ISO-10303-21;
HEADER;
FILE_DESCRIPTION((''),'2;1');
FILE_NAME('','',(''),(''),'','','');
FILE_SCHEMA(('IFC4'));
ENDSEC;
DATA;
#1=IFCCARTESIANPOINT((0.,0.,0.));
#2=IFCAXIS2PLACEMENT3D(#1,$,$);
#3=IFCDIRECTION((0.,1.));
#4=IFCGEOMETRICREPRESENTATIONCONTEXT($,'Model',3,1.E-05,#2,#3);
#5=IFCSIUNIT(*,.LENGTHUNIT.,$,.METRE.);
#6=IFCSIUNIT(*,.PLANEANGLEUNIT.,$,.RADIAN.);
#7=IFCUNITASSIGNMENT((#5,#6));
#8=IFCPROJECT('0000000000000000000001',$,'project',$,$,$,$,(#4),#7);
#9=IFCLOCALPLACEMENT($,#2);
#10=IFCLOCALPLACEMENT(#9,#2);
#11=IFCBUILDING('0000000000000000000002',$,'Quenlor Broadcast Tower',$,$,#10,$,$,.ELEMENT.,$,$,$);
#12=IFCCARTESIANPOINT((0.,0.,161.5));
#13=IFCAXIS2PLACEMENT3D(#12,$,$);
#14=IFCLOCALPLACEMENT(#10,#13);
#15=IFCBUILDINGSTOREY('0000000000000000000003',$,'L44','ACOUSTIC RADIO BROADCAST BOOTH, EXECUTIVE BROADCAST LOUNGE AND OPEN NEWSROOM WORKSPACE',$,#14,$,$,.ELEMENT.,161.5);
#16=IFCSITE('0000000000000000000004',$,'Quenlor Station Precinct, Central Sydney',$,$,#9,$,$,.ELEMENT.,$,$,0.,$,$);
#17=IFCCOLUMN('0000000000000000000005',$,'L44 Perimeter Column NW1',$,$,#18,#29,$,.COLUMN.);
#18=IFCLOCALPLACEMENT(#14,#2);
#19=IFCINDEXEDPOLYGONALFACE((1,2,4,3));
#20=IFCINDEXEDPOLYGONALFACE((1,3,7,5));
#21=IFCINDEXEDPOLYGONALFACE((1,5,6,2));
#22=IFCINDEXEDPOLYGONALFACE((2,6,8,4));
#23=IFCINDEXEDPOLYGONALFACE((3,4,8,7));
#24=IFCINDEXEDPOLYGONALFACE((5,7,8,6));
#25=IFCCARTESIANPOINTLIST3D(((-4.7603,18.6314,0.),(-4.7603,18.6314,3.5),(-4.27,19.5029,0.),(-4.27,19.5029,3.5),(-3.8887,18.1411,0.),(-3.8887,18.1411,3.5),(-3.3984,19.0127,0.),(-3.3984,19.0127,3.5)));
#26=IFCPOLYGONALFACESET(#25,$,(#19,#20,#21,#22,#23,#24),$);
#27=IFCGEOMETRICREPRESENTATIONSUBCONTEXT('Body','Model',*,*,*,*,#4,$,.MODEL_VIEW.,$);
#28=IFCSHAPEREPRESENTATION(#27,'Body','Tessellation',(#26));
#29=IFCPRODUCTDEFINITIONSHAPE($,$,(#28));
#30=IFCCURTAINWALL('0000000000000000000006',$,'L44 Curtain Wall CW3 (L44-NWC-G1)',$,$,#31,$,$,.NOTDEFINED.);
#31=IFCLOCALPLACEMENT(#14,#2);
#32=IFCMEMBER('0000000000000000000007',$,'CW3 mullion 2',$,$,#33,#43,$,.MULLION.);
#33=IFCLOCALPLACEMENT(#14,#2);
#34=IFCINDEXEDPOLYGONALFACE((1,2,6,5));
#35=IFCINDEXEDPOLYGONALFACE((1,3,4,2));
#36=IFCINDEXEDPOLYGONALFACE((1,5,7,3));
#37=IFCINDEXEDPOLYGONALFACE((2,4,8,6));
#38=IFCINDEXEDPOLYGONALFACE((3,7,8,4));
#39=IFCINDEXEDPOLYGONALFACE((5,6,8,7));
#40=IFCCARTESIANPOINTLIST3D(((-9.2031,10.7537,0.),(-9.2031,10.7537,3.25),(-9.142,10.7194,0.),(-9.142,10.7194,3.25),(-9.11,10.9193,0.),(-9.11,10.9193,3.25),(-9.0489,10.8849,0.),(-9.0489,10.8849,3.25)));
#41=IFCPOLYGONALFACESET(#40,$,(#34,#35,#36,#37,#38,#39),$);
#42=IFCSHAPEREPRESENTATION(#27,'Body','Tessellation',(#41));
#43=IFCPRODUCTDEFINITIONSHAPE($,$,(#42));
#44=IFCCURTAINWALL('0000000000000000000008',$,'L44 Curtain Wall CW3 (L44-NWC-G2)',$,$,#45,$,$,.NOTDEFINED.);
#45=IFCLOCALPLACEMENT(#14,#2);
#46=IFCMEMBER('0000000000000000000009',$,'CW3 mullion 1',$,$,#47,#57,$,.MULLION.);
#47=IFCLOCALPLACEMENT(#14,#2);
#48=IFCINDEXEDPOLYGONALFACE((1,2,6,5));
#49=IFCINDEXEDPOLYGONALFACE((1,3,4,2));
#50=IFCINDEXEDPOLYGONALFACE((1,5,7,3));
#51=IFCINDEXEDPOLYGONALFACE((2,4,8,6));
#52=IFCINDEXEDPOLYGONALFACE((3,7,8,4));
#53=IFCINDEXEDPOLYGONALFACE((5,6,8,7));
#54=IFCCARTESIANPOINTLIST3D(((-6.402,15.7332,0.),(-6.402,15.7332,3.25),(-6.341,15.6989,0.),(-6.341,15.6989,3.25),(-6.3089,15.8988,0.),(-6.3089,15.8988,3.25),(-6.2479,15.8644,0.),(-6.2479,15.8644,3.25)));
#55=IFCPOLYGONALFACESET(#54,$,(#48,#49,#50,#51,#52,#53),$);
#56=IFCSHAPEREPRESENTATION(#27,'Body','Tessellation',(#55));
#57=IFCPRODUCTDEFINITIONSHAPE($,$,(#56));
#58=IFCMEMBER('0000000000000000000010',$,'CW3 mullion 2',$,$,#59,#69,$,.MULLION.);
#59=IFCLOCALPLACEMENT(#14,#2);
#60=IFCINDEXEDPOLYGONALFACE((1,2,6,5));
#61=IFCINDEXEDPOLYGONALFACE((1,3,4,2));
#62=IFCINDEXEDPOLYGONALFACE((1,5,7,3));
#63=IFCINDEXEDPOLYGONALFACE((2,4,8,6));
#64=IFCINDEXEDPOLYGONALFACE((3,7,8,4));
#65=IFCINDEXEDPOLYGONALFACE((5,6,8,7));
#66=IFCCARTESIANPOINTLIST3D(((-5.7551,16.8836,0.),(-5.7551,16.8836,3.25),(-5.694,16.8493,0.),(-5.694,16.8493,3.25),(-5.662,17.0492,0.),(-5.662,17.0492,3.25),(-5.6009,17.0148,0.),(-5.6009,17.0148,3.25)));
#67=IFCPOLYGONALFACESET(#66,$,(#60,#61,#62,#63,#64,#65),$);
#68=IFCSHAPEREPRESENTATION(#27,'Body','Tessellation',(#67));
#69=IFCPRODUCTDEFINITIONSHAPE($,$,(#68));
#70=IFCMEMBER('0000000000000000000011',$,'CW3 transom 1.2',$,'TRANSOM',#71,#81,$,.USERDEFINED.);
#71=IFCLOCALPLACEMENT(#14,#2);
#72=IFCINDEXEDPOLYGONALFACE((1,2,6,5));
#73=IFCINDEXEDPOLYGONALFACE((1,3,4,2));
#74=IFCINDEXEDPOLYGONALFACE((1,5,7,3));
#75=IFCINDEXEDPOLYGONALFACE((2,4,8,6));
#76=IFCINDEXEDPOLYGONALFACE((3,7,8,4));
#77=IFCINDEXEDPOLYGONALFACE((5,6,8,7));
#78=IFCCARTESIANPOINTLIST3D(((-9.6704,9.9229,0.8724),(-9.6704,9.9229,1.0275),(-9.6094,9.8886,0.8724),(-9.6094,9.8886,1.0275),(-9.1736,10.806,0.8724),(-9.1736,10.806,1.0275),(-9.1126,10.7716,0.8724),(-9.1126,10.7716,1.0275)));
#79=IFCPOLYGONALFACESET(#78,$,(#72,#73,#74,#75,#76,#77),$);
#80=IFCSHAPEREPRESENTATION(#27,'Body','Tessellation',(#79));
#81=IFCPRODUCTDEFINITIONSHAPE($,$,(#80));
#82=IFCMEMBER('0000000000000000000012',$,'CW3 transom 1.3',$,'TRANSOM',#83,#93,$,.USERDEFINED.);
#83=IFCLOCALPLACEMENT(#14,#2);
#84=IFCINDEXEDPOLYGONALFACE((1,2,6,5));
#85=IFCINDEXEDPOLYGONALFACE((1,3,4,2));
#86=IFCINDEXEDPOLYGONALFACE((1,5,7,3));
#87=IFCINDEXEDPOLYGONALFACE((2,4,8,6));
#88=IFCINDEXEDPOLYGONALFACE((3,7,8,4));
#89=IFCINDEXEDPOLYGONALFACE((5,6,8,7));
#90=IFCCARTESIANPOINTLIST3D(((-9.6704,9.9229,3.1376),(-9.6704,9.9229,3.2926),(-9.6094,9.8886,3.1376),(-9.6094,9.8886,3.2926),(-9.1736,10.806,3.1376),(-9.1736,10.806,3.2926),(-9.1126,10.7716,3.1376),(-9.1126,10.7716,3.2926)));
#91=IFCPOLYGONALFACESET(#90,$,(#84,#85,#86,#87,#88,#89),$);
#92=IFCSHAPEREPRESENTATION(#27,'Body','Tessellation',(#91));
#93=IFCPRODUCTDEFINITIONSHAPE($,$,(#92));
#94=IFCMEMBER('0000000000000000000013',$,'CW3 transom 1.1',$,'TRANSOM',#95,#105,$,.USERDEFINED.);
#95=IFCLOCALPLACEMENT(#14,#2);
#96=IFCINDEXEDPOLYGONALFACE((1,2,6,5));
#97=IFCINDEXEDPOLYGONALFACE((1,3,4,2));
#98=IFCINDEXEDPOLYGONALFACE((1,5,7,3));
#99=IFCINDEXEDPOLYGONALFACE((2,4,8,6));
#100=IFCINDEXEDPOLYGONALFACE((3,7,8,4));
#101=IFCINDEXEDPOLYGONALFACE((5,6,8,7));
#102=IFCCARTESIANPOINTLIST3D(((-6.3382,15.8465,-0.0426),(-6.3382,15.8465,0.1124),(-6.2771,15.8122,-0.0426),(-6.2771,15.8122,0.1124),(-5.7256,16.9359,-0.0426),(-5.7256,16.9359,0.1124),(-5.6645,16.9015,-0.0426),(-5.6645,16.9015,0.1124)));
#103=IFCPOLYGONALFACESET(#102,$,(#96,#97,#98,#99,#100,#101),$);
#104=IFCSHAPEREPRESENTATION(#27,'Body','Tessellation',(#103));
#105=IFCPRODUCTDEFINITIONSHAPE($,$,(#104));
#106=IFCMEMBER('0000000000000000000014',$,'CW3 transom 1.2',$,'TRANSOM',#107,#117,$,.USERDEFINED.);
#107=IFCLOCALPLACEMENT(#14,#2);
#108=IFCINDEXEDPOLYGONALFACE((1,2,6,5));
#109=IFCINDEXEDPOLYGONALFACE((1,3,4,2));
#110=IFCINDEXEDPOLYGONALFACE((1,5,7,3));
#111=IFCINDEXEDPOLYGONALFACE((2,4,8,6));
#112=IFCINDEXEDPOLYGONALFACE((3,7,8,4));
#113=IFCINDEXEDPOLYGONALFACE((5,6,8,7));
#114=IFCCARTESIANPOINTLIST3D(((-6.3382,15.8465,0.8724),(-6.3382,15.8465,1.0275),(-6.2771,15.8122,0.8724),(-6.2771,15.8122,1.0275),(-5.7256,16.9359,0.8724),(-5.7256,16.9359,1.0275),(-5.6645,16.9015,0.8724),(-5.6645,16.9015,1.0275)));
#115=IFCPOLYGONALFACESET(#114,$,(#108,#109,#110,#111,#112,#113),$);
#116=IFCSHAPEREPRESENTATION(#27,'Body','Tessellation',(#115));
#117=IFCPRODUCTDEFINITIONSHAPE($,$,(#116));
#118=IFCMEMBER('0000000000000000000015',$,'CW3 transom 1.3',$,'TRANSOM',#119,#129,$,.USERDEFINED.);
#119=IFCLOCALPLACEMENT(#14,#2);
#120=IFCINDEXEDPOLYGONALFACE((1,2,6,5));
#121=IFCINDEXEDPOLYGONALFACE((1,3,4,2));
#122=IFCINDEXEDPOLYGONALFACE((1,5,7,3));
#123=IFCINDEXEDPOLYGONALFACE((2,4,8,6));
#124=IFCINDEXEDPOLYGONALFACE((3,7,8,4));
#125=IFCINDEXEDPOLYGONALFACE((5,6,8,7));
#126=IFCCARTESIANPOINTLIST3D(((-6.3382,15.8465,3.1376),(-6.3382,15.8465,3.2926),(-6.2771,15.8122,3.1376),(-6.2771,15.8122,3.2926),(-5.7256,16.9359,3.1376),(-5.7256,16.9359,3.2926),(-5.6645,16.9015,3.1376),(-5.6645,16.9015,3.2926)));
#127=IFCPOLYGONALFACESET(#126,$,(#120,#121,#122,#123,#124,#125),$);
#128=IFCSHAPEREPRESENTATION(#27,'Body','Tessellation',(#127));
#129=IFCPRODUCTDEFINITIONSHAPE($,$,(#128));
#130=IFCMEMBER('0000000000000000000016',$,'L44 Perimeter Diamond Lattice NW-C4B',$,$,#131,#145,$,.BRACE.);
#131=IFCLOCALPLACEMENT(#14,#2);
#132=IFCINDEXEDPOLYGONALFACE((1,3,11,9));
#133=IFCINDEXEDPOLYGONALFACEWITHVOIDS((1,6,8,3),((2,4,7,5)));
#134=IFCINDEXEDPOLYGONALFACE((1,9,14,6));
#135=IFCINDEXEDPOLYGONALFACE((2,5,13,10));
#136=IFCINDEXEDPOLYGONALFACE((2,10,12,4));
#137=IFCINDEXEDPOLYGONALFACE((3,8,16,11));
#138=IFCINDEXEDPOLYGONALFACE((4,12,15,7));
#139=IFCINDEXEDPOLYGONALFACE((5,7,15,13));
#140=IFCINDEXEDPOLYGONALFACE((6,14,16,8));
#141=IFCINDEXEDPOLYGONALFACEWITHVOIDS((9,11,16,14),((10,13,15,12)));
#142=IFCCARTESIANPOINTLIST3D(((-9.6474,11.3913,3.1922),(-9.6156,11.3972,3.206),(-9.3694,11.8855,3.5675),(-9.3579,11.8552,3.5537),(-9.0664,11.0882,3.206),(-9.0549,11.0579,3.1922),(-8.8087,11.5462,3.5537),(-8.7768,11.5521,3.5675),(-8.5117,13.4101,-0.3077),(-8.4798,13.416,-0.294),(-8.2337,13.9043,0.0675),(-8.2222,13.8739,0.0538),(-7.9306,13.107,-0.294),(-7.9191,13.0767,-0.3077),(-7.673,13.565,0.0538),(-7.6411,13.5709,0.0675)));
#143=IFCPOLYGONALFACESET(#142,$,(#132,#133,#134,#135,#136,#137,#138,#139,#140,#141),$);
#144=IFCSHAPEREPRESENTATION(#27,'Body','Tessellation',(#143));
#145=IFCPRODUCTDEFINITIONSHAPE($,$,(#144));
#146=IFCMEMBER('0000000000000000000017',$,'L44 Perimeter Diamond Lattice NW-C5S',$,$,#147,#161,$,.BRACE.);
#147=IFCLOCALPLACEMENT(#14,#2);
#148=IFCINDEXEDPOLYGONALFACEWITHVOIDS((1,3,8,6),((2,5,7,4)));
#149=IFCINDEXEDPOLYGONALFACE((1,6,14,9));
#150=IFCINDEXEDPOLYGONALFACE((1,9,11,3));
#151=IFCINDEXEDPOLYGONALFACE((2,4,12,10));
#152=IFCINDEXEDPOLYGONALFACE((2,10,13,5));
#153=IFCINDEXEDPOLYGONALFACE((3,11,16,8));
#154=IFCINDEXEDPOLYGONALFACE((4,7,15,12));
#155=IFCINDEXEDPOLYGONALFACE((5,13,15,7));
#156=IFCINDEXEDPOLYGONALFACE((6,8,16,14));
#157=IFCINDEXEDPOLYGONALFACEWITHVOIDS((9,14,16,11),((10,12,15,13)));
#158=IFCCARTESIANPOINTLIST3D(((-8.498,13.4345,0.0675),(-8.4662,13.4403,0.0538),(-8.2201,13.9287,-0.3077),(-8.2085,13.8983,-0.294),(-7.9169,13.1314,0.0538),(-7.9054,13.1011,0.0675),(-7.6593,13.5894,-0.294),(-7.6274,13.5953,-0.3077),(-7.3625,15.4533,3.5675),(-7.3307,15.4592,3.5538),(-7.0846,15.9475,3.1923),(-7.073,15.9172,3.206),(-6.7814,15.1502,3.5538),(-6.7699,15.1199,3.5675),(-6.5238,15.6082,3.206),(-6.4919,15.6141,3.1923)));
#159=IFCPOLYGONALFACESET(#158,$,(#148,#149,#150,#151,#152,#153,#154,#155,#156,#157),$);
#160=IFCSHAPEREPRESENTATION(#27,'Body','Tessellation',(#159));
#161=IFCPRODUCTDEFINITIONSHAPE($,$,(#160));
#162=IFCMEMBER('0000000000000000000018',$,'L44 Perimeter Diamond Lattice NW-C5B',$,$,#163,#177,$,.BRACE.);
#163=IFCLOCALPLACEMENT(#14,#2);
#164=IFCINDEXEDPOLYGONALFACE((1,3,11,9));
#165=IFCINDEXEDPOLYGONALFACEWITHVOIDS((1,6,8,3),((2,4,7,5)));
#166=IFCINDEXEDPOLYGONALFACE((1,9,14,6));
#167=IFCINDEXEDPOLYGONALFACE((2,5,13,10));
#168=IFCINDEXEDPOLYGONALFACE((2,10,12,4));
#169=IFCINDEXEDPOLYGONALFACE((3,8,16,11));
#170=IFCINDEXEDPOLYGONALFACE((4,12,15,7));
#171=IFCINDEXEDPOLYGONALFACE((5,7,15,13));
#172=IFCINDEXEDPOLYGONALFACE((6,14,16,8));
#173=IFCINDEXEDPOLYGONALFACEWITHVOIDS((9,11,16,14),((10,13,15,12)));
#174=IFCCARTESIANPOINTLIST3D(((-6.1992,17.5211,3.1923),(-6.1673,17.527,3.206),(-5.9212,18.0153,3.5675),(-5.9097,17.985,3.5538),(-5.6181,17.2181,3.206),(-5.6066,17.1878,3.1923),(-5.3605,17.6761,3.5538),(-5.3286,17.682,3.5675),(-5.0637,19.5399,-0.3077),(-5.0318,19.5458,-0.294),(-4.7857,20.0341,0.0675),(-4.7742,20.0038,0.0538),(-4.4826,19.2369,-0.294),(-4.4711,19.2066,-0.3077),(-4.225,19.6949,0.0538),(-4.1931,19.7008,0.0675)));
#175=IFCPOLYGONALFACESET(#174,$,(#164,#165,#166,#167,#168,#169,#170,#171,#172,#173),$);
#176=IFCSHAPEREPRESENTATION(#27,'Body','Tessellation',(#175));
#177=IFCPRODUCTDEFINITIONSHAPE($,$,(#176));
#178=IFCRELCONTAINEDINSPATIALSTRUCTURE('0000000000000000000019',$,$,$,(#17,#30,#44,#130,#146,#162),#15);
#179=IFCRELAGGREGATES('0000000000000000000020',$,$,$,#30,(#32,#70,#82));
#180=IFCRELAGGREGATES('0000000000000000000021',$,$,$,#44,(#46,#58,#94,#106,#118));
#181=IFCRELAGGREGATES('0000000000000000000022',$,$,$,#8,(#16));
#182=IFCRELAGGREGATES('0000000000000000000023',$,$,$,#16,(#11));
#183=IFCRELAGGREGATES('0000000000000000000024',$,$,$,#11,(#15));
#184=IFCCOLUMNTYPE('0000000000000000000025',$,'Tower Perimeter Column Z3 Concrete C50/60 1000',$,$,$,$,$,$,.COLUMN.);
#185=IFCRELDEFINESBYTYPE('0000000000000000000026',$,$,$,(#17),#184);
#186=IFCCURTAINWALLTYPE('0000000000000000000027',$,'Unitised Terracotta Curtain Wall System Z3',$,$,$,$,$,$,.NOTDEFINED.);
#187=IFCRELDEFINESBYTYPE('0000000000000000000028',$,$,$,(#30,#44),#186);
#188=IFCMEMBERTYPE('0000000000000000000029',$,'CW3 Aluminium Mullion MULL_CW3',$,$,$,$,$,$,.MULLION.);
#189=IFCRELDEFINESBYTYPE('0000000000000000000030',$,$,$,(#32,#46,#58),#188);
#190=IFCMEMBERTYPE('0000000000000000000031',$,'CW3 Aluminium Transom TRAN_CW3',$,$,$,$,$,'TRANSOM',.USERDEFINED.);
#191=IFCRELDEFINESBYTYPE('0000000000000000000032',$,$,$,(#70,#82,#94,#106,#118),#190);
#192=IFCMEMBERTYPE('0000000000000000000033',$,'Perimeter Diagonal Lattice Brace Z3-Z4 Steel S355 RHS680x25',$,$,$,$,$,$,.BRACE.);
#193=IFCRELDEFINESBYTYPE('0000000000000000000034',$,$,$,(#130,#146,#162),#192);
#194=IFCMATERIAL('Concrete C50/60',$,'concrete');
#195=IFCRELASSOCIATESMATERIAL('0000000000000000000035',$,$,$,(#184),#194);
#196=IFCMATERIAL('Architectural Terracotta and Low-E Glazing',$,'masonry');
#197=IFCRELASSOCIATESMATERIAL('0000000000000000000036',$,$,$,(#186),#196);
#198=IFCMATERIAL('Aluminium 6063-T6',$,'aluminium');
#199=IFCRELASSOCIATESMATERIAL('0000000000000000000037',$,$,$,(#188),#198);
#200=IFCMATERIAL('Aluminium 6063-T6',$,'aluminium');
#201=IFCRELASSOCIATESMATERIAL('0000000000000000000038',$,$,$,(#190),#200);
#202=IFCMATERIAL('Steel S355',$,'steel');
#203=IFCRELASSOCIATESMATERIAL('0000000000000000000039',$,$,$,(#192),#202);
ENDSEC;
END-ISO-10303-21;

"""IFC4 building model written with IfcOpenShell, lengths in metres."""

from ifc_helpers import new_model, si_unit, direction, frame, origin, origin_2d, place, context, subcontext, project, spatial, rectangle, hollow_rectangle, extrude, material, material_profile, profile_set, type_object, element, aggregate, save


model = new_model("IFC4")

# Units and contexts
model_context = context("Model", 3, precision=1e-05, world=origin(), true_north=direction((0.0, 1.0)))
body_context = subcontext(model_context, "Body", "Model", "MODEL_VIEW")
ifc_project = project(units=[si_unit("LENGTHUNIT", "METRE"), si_unit("PLANEANGLEUNIT", "RADIAN")], contexts=[model_context])

# Site, building, storey
site_placement = place(None, origin())
site = spatial("IfcSite", under=ifc_project, at=site_placement, Name="Quenlor Station Precinct, Central Sydney", CompositionType="ELEMENT", RefElevation=0.0)
building_placement = place(site_placement, origin())
building = spatial("IfcBuilding", under=site, at=building_placement, Name="Quenlor Broadcast Tower", CompositionType="ELEMENT")
storey_placement = place(building_placement, frame((0.0, 0.0, 161.5)))
storey = spatial("IfcBuildingStorey", under=building, at=storey_placement, Name="L44", Description="ACOUSTIC RADIO BROADCAST BOOTH, EXECUTIVE BROADCAST LOUNGE AND OPEN NEWSROOM WORKSPACE", CompositionType="ELEMENT", Elevation=161.5)

# Column
ifc_material_1 = material(Name="Concrete C50/60", Category="concrete")
ifc_material_profile_1 = material_profile(ifc_material_1, rectangle(XDim=1.0, YDim=1.0, at=origin_2d()))
ifc_profile_set_1 = profile_set([ifc_material_profile_1], Name="Concrete C50/60 RC1000x1000")
column_type = type_object("IfcColumnType", Name="Tower Perimeter Column Z3 Concrete C50/60 1000", PredefinedType="COLUMN", material=ifc_profile_set_1)
column_placement = place(storey_placement, frame((-4.0793, 18.822, 0.0), z_axis=(0.0, 0.0, 1.0), x_axis=(-0.871575, 0.490262, 0.0)))
element("IfcColumn", 1, at=column_placement, inside=storey, type_object=column_type, Name="L44 Perimeter Column NW1", PredefinedType="COLUMN", context=body_context, shape_type="SweptSolid", body=[
    extrude(rectangle(XDim=1.0, YDim=1.0, at=origin_2d()), origin(), (0.0, 0.0, 1.0), 3.5),
])

# Curtain wall, member
ifc_material_2 = material(Name="Architectural Terracotta and Low-E Glazing", Category="masonry")
curtain_wall_type = type_object("IfcCurtainWallType", Name="Unitised Terracotta Curtain Wall System Z3", PredefinedType="NOTDEFINED", material=ifc_material_2)
curtain_wall_1_placement = place(storey_placement, origin())
curtain_wall_1 = element("IfcCurtainWall", 2, at=curtain_wall_1_placement, inside=storey, type_object=curtain_wall_type, Name="L44 Curtain Wall CW3 (L44-NWC-G1)", PredefinedType="NOTDEFINED")
ifc_material_3 = material(Name="Aluminium 6063-T6", Category="aluminium")
ifc_material_profile_2 = material_profile(ifc_material_3, rectangle(XDim=0.0701, YDim=0.1899, at=origin_2d()))
ifc_profile_set_2 = profile_set([ifc_material_profile_2], Name="Aluminium 6063-T6 MULL70x190")
member_type_1 = type_object("IfcMemberType", Name="CW3 Aluminium Mullion MULL_CW3", PredefinedType="MULLION", material=ifc_profile_set_2)
member_1_placement = place(storey_placement, frame((-9.126, 10.8193, 0.0), z_axis=(0.0, 0.0, 1.0), x_axis=(-0.871601, 0.490216, 0.0)))
member_1 = element("IfcMember", 3, at=member_1_placement, type_object=member_type_1, Name="CW3 mullion 2", PredefinedType="MULLION", context=body_context, shape_type="SweptSolid", body=[
    extrude(rectangle(XDim=0.0701, YDim=0.1899, at=origin_2d()), origin(), (0.0, 0.0, 1.0), 3.25),
])

# Curtain wall, members
curtain_wall_2_placement = place(storey_placement, origin())
curtain_wall_2 = element("IfcCurtainWall", 4, at=curtain_wall_2_placement, inside=storey, type_object=curtain_wall_type, Name="L44 Curtain Wall CW3 (L44-NWC-G2)", PredefinedType="NOTDEFINED")
member_2_placement = place(storey_placement, frame((-6.325, 15.7988, 0.0), z_axis=(0.0, 0.0, 1.0), x_axis=(-0.871593, 0.49023, 0.0)))
member_2 = element("IfcMember", 5, at=member_2_placement, type_object=member_type_1, Name="CW3 mullion 1", PredefinedType="MULLION", context=body_context, shape_type="SweptSolid", body=[
    extrude(rectangle(XDim=0.0701, YDim=0.1899, at=origin_2d()), origin(), (0.0, 0.0, 1.0), 3.25),
])
member_3_placement = place(storey_placement, frame((-5.678, 16.9492, 0.0), z_axis=(0.0, 0.0, 1.0), x_axis=(-0.871593, 0.49023, 0.0)))
member_3 = element("IfcMember", 6, at=member_3_placement, type_object=member_type_1, Name="CW3 mullion 2", PredefinedType="MULLION", context=body_context, shape_type="SweptSolid", body=[
    extrude(rectangle(XDim=0.0701, YDim=0.1899, at=origin_2d()), origin(), (0.0, 0.0, 1.0), 3.25),
])

# Members
ifc_material_4 = material(Name="Aluminium 6063-T6", Category="aluminium")
ifc_material_profile_3 = material_profile(ifc_material_4, rectangle(XDim=0.0701, YDim=0.155, at=origin_2d()))
ifc_profile_set_3 = profile_set([ifc_material_profile_3], Name="Aluminium 6063-T6 TRAN70x155")
member_type_2 = type_object("IfcMemberType", Name="CW3 Aluminium Transom TRAN_CW3", ElementType="TRANSOM", PredefinedType="USERDEFINED", material=ifc_profile_set_3)
member_4_placement = place(storey_placement, frame((-9.6399, 9.9058, 0.95), z_axis=(0.490341, 0.87153, 0.0), x_axis=(-0.87153, 0.490341, 0.0)))
member_4 = element("IfcMember", 7, at=member_4_placement, type_object=member_type_2, Name="CW3 transom 1.2", ObjectType="TRANSOM", PredefinedType="USERDEFINED", context=body_context, shape_type="SweptSolid", body=[
    extrude(rectangle(XDim=0.0701, YDim=0.155, at=origin_2d()), origin(), (0.0, 0.0, 1.0), 1.0132),
])
member_5_placement = place(storey_placement, frame((-9.6399, 9.9058, 3.2151), z_axis=(0.490341, 0.87153, 0.0), x_axis=(-0.87153, 0.490341, 0.0)))
member_5 = element("IfcMember", 8, at=member_5_placement, type_object=member_type_2, Name="CW3 transom 1.3", ObjectType="TRANSOM", PredefinedType="USERDEFINED", context=body_context, shape_type="SweptSolid", body=[
    extrude(rectangle(XDim=0.0701, YDim=0.155, at=origin_2d()), origin(), (0.0, 0.0, 1.0), 1.0132),
])
member_6_placement = place(storey_placement, frame((-6.3076, 15.8293, 0.0349), z_axis=(0.490131, 0.871649, 0.0), x_axis=(-0.871649, 0.490131, 0.0)))
member_6 = element("IfcMember", 9, at=member_6_placement, type_object=member_type_2, Name="CW3 transom 1.1", ObjectType="TRANSOM", PredefinedType="USERDEFINED", context=body_context, shape_type="SweptSolid", body=[
    extrude(rectangle(XDim=0.0701, YDim=0.155, at=origin_2d()), origin(), (0.0, 0.0, 1.0), 1.2498),
])
member_7_placement = place(storey_placement, frame((-6.3076, 15.8293, 0.95), z_axis=(0.490131, 0.871649, 0.0), x_axis=(-0.871649, 0.490131, 0.0)))
member_7 = element("IfcMember", 10, at=member_7_placement, type_object=member_type_2, Name="CW3 transom 1.2", ObjectType="TRANSOM", PredefinedType="USERDEFINED", context=body_context, shape_type="SweptSolid", body=[
    extrude(rectangle(XDim=0.0701, YDim=0.155, at=origin_2d()), origin(), (0.0, 0.0, 1.0), 1.2498),
])
member_8_placement = place(storey_placement, frame((-6.3076, 15.8293, 3.2151), z_axis=(0.490131, 0.871649, 0.0), x_axis=(-0.871649, 0.490131, 0.0)))
member_8 = element("IfcMember", 11, at=member_8_placement, type_object=member_type_2, Name="CW3 transom 1.3", ObjectType="TRANSOM", PredefinedType="USERDEFINED", context=body_context, shape_type="SweptSolid", body=[
    extrude(rectangle(XDim=0.0701, YDim=0.155, at=origin_2d()), origin(), (0.0, 0.0, 1.0), 1.2498),
])

# Members
ifc_material_5 = material(Name="Steel S355", Category="steel")
ifc_material_profile_4 = material_profile(ifc_material_5, hollow_rectangle(XDim=0.6799, YDim=0.6799, WallThickness=0.0249, at=origin_2d()))
ifc_profile_set_4 = profile_set([ifc_material_profile_4], Name="Steel S355 RHS680x680x25")
member_type_3 = type_object("IfcMemberType", Name="Perimeter Diagonal Lattice Brace Z3-Z4 Steel S355 RHS680x25", PredefinedType="BRACE", material=ifc_profile_set_4)
for number, where, z_axis, x_axis, name in (
    (12, (-8.0764, 13.4905, -0.1201), (-0.270603, -0.481001, 0.833914), (0.871545, -0.490316, 0.0), "L44 Perimeter Diamond Lattice NW-C4B"),
    (13, (-8.0627, 13.5149, -0.1201), (0.270549, 0.481009, 0.833927), (-0.87159, 0.490236, 0.0), "L44 Perimeter Diamond Lattice NW-C5S"),
    (14, (-4.6284, 19.6204, -0.1201), (-0.270549, -0.481009, 0.833927), (0.87159, -0.490236, 0.0), "L44 Perimeter Diamond Lattice NW-C5B"),
):
    element("IfcMember", number, at=place(storey_placement, frame(where, z_axis=z_axis, x_axis=x_axis)), inside=storey, type_object=member_type_3, Name=name, PredefinedType="BRACE", context=body_context, shape_type="SweptSolid", body=[
        extrude(hollow_rectangle(XDim=0.6799, YDim=0.6799, WallThickness=0.0249, at=origin_2d()), origin(), (0.0, 0.0, 1.0), 4.197),
    ])

aggregate(curtain_wall_1, [member_1, member_4, member_5])
aggregate(curtain_wall_2, [member_2, member_3, member_6, member_7, member_8])

save(model, "model.ifc")
